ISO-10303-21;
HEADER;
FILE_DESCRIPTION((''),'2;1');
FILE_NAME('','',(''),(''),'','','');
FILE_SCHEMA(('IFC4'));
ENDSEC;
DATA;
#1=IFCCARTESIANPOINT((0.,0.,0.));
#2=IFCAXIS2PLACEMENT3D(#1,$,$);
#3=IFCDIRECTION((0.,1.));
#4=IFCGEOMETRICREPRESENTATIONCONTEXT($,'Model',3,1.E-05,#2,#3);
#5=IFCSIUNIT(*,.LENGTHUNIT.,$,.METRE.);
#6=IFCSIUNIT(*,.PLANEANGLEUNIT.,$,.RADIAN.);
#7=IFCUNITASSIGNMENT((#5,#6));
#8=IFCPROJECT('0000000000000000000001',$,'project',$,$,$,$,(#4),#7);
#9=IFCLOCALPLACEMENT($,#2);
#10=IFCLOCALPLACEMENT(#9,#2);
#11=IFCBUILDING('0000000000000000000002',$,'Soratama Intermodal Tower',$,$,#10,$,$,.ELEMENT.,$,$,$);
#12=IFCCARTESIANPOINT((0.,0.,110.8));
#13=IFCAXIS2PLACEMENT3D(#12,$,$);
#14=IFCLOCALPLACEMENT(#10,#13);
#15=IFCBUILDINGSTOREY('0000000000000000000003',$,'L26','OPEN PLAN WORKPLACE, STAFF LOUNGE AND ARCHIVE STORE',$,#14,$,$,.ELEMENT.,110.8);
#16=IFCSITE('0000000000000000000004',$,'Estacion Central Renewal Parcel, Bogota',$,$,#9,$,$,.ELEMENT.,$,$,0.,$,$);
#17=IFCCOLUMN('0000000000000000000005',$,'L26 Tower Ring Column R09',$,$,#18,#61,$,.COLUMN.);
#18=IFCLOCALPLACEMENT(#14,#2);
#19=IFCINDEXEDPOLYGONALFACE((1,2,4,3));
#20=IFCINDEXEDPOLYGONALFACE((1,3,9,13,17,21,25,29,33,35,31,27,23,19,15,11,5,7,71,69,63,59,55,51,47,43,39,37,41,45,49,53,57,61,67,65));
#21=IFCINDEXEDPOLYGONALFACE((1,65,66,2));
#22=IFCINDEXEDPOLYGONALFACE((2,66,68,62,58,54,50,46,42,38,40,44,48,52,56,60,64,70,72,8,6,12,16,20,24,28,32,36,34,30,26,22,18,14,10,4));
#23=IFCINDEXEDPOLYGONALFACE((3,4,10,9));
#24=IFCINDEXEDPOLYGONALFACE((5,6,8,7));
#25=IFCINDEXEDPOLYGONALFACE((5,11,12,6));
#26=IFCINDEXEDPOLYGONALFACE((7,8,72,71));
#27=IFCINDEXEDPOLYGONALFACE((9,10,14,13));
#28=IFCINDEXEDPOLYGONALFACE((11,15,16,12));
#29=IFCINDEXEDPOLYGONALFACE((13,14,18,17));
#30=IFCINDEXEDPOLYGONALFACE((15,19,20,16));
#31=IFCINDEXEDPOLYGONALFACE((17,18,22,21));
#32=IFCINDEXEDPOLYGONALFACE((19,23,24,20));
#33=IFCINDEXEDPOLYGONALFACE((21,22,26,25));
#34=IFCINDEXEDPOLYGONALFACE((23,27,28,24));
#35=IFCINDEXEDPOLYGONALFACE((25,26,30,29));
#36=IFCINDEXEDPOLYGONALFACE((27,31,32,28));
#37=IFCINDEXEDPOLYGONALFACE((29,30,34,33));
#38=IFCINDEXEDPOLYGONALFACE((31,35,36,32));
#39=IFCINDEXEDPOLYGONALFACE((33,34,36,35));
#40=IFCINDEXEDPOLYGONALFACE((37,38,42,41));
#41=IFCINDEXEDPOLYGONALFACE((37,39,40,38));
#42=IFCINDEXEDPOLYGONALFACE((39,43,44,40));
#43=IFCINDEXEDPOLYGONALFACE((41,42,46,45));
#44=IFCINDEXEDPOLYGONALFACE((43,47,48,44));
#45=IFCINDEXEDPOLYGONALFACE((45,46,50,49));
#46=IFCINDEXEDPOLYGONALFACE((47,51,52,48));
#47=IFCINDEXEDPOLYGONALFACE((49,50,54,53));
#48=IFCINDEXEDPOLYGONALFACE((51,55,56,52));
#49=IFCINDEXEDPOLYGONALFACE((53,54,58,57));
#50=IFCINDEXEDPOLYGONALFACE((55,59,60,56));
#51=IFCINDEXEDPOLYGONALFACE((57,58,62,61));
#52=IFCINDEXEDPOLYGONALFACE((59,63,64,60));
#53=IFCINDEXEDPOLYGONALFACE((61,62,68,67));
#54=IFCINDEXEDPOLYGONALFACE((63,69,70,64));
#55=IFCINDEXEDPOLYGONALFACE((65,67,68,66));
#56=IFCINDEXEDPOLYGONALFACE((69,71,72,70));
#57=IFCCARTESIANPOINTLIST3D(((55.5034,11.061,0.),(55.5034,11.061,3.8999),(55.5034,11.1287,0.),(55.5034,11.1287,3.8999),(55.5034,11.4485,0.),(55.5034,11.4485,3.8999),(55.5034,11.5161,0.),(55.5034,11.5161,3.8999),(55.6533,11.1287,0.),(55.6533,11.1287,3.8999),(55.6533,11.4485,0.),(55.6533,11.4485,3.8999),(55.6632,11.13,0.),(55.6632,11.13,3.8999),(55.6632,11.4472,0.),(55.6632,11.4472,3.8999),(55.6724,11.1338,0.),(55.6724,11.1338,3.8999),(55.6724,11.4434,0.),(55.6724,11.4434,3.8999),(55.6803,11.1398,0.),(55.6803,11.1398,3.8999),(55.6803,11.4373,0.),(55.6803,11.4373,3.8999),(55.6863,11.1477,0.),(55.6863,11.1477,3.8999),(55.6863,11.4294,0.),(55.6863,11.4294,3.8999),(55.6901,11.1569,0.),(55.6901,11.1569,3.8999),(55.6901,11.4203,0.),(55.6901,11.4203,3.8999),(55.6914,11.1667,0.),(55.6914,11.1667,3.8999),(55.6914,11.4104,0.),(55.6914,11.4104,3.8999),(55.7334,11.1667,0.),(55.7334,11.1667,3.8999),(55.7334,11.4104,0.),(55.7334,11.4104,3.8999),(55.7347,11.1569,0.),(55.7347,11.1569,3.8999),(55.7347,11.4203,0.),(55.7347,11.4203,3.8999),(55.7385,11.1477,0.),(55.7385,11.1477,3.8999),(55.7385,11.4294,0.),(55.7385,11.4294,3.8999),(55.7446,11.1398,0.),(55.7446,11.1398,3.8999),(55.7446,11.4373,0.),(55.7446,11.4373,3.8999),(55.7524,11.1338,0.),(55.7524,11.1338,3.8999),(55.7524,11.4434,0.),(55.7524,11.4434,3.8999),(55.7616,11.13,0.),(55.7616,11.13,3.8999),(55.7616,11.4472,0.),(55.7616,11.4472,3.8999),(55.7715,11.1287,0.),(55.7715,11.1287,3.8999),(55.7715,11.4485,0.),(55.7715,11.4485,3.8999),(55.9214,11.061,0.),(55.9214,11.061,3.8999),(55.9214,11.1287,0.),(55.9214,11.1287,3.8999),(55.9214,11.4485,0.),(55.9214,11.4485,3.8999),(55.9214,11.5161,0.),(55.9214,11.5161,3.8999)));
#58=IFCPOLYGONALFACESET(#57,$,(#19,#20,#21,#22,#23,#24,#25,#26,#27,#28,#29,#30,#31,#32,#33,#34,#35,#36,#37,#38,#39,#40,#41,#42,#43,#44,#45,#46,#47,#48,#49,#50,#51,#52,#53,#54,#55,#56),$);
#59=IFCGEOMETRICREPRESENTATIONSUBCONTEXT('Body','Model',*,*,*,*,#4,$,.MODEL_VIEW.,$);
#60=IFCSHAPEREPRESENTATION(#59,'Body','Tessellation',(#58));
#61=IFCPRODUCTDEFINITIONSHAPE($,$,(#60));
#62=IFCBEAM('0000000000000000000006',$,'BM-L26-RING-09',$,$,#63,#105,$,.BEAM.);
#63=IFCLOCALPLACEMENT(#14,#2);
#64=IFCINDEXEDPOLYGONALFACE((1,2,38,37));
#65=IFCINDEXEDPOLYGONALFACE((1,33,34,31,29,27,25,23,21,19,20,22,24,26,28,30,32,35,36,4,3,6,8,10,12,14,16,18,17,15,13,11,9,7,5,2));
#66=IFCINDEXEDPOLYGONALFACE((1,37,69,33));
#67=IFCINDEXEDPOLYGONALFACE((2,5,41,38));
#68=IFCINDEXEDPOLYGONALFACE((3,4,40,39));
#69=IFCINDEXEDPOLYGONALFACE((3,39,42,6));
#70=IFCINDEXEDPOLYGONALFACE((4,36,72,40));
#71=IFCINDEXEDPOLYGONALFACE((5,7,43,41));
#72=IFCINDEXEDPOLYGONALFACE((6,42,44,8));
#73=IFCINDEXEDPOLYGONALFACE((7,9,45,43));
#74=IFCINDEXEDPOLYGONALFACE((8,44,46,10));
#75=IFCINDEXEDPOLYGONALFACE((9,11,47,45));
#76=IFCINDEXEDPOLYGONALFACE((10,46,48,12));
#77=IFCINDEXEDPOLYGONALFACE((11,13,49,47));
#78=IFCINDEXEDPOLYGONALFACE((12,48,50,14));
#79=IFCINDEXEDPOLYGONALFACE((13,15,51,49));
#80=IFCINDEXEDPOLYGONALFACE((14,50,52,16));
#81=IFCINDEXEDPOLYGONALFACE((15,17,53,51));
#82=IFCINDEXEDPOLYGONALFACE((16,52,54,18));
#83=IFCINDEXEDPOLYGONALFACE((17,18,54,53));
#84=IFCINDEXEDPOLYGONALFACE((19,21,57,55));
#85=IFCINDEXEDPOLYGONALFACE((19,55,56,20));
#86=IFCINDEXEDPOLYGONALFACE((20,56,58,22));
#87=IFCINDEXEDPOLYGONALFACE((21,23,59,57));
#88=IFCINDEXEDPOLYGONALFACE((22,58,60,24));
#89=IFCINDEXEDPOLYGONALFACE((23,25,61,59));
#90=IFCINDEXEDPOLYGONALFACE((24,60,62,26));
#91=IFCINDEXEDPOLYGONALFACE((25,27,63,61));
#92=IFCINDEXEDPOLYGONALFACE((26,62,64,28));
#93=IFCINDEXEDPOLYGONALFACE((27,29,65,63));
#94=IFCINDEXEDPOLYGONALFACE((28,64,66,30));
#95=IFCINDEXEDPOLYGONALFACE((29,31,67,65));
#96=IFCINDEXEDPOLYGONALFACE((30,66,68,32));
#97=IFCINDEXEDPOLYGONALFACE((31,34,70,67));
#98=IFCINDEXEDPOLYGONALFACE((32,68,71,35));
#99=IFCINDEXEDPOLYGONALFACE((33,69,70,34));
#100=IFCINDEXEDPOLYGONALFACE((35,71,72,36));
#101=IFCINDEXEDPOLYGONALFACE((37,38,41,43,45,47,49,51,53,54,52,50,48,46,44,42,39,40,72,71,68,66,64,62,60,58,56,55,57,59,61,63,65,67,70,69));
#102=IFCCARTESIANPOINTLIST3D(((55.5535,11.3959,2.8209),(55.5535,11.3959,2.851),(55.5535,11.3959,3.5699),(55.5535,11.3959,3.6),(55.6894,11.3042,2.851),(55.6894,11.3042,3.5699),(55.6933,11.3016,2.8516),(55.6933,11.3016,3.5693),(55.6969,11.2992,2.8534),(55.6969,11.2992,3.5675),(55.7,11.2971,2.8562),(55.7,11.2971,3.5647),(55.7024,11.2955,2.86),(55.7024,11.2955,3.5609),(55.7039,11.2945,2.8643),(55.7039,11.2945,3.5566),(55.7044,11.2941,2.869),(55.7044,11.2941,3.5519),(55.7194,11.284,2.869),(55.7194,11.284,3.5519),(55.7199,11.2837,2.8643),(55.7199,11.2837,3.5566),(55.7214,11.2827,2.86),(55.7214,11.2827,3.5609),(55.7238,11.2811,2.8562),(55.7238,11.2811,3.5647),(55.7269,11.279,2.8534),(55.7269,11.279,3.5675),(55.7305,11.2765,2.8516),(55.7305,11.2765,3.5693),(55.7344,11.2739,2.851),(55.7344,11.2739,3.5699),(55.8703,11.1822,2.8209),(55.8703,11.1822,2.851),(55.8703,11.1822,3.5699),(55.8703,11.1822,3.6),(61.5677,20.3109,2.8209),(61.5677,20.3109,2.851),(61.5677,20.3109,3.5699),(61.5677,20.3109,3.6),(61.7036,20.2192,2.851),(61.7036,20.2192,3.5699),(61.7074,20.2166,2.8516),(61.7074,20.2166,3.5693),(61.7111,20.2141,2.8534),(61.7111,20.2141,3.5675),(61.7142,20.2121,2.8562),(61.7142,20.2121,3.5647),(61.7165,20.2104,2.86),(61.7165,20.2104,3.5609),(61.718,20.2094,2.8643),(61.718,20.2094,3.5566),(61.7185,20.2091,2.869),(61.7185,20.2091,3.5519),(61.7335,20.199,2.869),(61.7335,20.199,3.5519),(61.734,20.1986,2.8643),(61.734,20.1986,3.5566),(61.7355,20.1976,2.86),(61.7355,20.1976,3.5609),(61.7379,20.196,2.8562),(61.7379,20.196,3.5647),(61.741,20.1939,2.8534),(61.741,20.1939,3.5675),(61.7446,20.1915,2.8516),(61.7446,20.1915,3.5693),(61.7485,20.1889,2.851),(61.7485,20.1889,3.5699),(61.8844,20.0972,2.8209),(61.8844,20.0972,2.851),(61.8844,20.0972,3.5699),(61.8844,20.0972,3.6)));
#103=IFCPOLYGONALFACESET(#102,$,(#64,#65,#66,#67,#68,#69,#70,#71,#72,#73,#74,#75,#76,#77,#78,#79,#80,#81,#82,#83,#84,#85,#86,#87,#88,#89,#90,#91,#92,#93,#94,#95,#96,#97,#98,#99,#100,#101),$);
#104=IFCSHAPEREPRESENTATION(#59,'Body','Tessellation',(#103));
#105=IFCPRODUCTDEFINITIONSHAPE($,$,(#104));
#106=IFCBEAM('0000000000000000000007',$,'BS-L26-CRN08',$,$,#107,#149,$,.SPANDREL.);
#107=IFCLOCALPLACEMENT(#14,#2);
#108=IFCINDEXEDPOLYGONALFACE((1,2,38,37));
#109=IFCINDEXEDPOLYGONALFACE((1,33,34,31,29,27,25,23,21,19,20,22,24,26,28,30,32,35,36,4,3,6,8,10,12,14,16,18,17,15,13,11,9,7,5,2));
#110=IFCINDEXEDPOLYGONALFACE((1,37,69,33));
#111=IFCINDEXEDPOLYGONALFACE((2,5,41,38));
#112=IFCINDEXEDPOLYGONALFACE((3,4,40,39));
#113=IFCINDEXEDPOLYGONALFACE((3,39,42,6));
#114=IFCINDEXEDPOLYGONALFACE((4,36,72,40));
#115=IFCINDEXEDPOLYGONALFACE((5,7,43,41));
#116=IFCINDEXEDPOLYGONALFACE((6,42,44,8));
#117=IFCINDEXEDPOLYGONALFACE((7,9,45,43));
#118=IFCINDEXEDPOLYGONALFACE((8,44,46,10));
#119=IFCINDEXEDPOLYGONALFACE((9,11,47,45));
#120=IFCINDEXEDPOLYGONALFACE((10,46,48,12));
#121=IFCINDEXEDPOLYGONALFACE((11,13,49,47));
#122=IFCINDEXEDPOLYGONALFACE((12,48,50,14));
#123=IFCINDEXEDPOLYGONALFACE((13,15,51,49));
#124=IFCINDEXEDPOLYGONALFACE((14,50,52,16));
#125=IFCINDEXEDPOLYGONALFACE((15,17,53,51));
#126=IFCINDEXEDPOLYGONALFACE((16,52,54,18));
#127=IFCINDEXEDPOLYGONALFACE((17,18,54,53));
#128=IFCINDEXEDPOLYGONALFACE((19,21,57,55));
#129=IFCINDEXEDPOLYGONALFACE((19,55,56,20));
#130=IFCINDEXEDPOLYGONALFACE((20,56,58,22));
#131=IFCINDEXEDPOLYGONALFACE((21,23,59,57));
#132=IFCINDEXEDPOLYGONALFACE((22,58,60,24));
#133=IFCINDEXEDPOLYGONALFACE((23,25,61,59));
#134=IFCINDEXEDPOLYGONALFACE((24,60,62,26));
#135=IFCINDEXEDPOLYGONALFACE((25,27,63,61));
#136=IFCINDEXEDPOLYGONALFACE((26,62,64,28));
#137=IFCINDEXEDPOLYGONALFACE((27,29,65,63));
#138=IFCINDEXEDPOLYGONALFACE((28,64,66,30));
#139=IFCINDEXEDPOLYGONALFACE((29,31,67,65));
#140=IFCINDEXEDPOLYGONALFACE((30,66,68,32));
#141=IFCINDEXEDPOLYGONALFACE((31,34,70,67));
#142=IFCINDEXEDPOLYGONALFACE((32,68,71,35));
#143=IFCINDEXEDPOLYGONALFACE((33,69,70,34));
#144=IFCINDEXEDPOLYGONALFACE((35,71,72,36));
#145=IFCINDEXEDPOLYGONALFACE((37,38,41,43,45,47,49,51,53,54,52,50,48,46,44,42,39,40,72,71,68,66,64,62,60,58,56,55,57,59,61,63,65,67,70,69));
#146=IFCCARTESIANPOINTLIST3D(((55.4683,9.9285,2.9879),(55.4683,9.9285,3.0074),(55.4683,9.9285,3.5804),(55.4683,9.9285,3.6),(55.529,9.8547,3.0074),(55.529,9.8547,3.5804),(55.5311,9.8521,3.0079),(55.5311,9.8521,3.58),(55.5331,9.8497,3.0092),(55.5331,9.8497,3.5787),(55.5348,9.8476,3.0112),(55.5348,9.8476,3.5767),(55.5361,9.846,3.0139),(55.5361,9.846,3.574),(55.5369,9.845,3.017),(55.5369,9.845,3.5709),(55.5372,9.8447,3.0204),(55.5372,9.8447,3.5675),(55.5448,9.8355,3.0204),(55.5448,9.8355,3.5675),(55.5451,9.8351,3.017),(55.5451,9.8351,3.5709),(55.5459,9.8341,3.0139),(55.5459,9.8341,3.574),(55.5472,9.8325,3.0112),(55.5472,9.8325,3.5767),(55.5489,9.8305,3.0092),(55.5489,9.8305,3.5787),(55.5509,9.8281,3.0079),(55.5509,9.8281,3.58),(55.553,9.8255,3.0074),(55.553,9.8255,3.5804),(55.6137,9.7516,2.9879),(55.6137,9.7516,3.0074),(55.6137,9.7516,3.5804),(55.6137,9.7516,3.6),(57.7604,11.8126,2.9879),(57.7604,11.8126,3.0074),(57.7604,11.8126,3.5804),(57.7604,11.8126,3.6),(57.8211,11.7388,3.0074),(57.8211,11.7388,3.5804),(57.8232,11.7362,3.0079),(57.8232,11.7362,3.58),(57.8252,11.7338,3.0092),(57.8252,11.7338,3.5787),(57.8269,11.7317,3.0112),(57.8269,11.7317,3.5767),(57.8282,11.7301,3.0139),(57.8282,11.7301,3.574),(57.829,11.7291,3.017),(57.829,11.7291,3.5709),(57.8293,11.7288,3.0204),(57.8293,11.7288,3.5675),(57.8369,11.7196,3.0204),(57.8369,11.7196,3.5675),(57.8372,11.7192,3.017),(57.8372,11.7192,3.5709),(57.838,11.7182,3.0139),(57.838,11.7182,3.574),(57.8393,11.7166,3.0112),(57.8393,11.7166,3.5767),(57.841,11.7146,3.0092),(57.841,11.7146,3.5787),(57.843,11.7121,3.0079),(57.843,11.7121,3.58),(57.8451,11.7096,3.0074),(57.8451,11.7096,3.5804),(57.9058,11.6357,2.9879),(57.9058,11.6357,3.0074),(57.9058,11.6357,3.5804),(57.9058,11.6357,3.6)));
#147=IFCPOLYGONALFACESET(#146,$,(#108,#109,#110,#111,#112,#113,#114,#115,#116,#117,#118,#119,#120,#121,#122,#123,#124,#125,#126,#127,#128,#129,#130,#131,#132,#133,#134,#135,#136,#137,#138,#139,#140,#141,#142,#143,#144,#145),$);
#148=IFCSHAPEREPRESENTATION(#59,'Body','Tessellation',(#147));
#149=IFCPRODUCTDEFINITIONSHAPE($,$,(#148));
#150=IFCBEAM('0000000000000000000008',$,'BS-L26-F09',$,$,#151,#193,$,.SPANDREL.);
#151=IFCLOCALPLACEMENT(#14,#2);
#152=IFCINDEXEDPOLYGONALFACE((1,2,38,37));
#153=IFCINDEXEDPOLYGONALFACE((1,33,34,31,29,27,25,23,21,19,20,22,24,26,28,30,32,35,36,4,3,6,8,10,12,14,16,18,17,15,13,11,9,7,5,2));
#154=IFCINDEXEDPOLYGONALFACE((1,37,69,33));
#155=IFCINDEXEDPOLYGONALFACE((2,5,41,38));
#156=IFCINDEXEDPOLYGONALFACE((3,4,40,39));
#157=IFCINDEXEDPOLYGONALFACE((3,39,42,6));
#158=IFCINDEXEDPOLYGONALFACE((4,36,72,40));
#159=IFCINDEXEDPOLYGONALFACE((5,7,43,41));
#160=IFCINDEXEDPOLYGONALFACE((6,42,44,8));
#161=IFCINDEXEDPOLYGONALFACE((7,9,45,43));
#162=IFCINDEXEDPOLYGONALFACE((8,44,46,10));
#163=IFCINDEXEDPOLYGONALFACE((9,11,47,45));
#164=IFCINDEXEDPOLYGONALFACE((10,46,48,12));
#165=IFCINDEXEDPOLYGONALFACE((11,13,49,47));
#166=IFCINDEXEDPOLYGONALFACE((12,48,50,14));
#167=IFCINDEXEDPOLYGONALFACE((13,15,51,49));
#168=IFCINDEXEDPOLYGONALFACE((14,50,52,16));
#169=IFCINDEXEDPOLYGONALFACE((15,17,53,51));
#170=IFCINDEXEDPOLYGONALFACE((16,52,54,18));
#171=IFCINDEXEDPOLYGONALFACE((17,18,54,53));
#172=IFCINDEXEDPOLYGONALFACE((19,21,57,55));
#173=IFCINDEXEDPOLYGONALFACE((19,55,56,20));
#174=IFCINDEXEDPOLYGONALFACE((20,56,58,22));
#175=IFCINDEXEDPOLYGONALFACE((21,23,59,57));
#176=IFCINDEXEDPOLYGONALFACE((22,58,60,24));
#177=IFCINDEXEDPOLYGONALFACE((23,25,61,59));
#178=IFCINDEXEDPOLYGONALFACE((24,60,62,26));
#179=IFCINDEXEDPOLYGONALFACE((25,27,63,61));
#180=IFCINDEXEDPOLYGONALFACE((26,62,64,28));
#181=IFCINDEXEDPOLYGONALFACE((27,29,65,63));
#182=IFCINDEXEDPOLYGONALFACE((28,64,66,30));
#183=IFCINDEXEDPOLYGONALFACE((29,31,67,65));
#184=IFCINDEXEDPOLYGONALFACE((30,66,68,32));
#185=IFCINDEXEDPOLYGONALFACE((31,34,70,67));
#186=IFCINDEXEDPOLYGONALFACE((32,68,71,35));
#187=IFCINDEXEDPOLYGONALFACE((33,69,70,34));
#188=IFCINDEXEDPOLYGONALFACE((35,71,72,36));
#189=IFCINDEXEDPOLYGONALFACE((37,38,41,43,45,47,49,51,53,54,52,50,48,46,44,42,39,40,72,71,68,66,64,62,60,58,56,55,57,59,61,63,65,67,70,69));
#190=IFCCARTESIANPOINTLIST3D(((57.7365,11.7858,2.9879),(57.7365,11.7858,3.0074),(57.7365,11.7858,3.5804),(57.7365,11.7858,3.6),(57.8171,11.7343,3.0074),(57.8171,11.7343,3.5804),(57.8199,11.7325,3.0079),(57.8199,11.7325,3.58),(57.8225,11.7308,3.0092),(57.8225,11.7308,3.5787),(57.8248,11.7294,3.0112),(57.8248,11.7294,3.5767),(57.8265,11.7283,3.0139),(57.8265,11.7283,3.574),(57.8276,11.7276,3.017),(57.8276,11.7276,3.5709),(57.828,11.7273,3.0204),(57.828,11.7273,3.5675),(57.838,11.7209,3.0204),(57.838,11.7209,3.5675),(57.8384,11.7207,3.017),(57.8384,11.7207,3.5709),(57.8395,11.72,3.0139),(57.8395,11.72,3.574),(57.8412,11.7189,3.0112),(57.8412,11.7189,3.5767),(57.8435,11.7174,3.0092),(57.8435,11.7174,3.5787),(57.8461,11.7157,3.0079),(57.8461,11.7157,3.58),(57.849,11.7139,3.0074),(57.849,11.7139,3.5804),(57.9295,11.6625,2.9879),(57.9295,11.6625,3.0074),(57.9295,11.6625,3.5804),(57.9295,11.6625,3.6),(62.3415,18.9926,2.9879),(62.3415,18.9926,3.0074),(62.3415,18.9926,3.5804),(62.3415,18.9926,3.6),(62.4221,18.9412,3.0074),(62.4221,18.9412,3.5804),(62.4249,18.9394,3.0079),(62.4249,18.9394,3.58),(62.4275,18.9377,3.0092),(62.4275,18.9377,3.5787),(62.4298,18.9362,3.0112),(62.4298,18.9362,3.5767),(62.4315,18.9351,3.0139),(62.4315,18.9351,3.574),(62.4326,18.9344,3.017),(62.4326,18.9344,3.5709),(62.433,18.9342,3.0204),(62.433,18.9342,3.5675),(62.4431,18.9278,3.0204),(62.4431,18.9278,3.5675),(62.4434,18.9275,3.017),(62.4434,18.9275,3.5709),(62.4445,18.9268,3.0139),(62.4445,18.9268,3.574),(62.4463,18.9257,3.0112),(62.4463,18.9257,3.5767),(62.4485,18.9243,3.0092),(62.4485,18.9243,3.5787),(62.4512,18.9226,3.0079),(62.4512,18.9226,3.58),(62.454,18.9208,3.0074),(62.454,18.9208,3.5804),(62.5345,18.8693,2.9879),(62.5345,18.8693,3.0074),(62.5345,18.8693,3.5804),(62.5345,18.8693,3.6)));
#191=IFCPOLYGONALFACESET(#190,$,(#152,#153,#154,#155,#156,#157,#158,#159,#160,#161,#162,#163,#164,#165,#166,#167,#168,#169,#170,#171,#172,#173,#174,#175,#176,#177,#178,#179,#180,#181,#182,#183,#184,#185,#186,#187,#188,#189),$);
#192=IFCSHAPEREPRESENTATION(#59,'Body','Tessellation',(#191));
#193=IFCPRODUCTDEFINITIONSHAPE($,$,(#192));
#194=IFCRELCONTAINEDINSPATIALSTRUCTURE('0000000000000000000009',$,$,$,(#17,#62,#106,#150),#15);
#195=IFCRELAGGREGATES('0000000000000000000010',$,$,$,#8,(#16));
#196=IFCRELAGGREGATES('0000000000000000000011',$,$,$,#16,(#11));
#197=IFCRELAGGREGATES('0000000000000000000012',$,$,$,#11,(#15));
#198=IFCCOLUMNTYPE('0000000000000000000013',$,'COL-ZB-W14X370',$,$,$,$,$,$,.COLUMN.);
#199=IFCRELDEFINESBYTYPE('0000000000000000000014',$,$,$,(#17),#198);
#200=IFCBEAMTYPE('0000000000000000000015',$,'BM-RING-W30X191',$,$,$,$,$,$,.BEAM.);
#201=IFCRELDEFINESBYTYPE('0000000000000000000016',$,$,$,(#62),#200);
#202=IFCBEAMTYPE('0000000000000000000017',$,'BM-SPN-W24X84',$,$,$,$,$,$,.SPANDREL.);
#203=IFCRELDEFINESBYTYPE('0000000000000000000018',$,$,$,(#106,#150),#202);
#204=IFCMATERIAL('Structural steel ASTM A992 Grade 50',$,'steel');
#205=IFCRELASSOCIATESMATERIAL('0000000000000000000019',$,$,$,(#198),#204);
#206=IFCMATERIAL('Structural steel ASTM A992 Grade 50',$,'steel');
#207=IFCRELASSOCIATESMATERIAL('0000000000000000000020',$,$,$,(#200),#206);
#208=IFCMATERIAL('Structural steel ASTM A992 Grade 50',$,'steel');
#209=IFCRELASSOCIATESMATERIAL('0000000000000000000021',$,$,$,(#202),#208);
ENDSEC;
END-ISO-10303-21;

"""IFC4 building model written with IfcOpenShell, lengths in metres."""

from ifc_helpers import new_model, si_unit, direction, frame, origin, origin_2d, place, context, subcontext, project, spatial, i_section, extrude, material, material_profile, profile_set, type_object, element, save


model = new_model("IFC4")

# Units and contexts
model_context = context("Model", 3, precision=1e-05, world=origin(), true_north=direction((0.0, 1.0)))
body_context = subcontext(model_context, "Body", "Model", "MODEL_VIEW")
ifc_project = project(units=[si_unit("LENGTHUNIT", "METRE"), si_unit("PLANEANGLEUNIT", "RADIAN")], contexts=[model_context])

# Site, building, storey
site_placement = place(None, origin())
site = spatial("IfcSite", under=ifc_project, at=site_placement, Name="Estacion Central Renewal Parcel, Bogota", CompositionType="ELEMENT", RefElevation=0.0)
building_placement = place(site_placement, origin())
building = spatial("IfcBuilding", under=site, at=building_placement, Name="Soratama Intermodal Tower", CompositionType="ELEMENT")
storey_placement = place(building_placement, frame((0.0, 0.0, 110.8)))
storey = spatial("IfcBuildingStorey", under=building, at=storey_placement, Name="L26", Description="OPEN PLAN WORKPLACE, STAFF LOUNGE AND ARCHIVE STORE", CompositionType="ELEMENT", Elevation=110.8)

# Column
ifc_material_1 = material(Name="Structural steel ASTM A992 Grade 50", Category="steel")
ifc_material_profile_1 = material_profile(ifc_material_1, i_section(OverallWidth=0.418, OverallDepth=0.4551, WebThickness=0.042, FlangeThickness=0.0676, FilletRadius=0.0381, at=origin_2d()), Name="W14X370")
ifc_profile_set_1 = profile_set([ifc_material_profile_1], Name="Structural steel ASTM A992 Grade 50")
column_type = type_object("IfcColumnType", Name="COL-ZB-W14X370", PredefinedType="COLUMN", material=ifc_profile_set_1)
column_placement = place(storey_placement, frame((55.7124, 11.2886, 0.0), z_axis=(0.0, 0.0, 1.0), x_axis=(1.0, 0.0, 0.0)))
element("IfcColumn", 1, at=column_placement, inside=storey, type_object=column_type, Name="L26 Tower Ring Column R09", PredefinedType="COLUMN", context=body_context, shape_type="SweptSolid", body=[
    extrude(i_section(OverallWidth=0.418, OverallDepth=0.4551, WebThickness=0.042, FlangeThickness=0.0676, FilletRadius=0.0381, at=origin_2d()), origin(), (0.0, 0.0, 1.0), 3.8999),
])

# Beams
ifc_material_2 = material(Name="Structural steel ASTM A992 Grade 50", Category="steel")
ifc_material_profile_2 = material_profile(ifc_material_2, i_section(OverallWidth=0.3821, OverallDepth=0.7791, WebThickness=0.0181, FlangeThickness=0.03, FilletRadius=0.0181, at=origin_2d()), Name="W30X191")
ifc_profile_set_2 = profile_set([ifc_material_profile_2], Name="Structural steel ASTM A992 Grade 50")
beam_type_1 = type_object("IfcBeamType", Name="BM-RING-W30X191", PredefinedType="BEAM", material=ifc_profile_set_2)
beam_1_placement = place(storey_placement, frame((55.7119, 11.2891, 3.2104), z_axis=(0.55925, 0.828999, 0.0), x_axis=(-0.828999, 0.55925, 0.0)))
element("IfcBeam", 2, at=beam_1_placement, inside=storey, type_object=beam_type_1, Name="BM-L26-RING-09", PredefinedType="BEAM", context=body_context, shape_type="SweptSolid", body=[
    extrude(i_section(OverallWidth=0.3821, OverallDepth=0.7791, WebThickness=0.0181, FlangeThickness=0.03, FilletRadius=0.0181, at=origin_2d()), origin(), (0.0, 0.0, 1.0), 10.7539),
])
ifc_material_3 = material(Name="Structural steel ASTM A992 Grade 50", Category="steel")
ifc_material_profile_3 = material_profile(ifc_material_3, i_section(OverallWidth=0.229, OverallDepth=0.6121, WebThickness=0.012, FlangeThickness=0.0195, FilletRadius=0.0129, at=origin_2d()), Name="W24X84")
ifc_profile_set_3 = profile_set([ifc_material_profile_3], Name="Structural steel ASTM A992 Grade 50")
beam_type_2 = type_object("IfcBeamType", Name="BM-SPN-W24X84", PredefinedType="SPANDREL", material=ifc_profile_set_3)
beam_2_placement = place(storey_placement, frame((55.541, 9.8401, 3.2939), z_axis=(0.772507, 0.635006, 0.0), x_axis=(-0.635006, 0.772507, 0.0)))
element("IfcBeam", 3, at=beam_2_placement, inside=storey, type_object=beam_type_2, Name="BS-L26-CRN08", PredefinedType="SPANDREL", context=body_context, shape_type="SweptSolid", body=[
    extrude(i_section(OverallWidth=0.229, OverallDepth=0.6121, WebThickness=0.012, FlangeThickness=0.0195, FilletRadius=0.0129, at=origin_2d()), origin(), (0.0, 0.0, 1.0), 2.967),
])
beam_3_placement = place(storey_placement, frame((57.833, 11.7241, 3.2939), z_axis=(0.538443, 0.842662, 0.0), x_axis=(-0.842662, 0.538443, 0.0)))
element("IfcBeam", 4, at=beam_3_placement, inside=storey, type_object=beam_type_2, Name="BS-L26-F09", PredefinedType="SPANDREL", context=body_context, shape_type="SweptSolid", body=[
    extrude(i_section(OverallWidth=0.229, OverallDepth=0.6121, WebThickness=0.012, FlangeThickness=0.0195, FilletRadius=0.0129, at=origin_2d()), origin(), (0.0, 0.0, 1.0), 8.5525),
])

save(model, "model.ifc")
